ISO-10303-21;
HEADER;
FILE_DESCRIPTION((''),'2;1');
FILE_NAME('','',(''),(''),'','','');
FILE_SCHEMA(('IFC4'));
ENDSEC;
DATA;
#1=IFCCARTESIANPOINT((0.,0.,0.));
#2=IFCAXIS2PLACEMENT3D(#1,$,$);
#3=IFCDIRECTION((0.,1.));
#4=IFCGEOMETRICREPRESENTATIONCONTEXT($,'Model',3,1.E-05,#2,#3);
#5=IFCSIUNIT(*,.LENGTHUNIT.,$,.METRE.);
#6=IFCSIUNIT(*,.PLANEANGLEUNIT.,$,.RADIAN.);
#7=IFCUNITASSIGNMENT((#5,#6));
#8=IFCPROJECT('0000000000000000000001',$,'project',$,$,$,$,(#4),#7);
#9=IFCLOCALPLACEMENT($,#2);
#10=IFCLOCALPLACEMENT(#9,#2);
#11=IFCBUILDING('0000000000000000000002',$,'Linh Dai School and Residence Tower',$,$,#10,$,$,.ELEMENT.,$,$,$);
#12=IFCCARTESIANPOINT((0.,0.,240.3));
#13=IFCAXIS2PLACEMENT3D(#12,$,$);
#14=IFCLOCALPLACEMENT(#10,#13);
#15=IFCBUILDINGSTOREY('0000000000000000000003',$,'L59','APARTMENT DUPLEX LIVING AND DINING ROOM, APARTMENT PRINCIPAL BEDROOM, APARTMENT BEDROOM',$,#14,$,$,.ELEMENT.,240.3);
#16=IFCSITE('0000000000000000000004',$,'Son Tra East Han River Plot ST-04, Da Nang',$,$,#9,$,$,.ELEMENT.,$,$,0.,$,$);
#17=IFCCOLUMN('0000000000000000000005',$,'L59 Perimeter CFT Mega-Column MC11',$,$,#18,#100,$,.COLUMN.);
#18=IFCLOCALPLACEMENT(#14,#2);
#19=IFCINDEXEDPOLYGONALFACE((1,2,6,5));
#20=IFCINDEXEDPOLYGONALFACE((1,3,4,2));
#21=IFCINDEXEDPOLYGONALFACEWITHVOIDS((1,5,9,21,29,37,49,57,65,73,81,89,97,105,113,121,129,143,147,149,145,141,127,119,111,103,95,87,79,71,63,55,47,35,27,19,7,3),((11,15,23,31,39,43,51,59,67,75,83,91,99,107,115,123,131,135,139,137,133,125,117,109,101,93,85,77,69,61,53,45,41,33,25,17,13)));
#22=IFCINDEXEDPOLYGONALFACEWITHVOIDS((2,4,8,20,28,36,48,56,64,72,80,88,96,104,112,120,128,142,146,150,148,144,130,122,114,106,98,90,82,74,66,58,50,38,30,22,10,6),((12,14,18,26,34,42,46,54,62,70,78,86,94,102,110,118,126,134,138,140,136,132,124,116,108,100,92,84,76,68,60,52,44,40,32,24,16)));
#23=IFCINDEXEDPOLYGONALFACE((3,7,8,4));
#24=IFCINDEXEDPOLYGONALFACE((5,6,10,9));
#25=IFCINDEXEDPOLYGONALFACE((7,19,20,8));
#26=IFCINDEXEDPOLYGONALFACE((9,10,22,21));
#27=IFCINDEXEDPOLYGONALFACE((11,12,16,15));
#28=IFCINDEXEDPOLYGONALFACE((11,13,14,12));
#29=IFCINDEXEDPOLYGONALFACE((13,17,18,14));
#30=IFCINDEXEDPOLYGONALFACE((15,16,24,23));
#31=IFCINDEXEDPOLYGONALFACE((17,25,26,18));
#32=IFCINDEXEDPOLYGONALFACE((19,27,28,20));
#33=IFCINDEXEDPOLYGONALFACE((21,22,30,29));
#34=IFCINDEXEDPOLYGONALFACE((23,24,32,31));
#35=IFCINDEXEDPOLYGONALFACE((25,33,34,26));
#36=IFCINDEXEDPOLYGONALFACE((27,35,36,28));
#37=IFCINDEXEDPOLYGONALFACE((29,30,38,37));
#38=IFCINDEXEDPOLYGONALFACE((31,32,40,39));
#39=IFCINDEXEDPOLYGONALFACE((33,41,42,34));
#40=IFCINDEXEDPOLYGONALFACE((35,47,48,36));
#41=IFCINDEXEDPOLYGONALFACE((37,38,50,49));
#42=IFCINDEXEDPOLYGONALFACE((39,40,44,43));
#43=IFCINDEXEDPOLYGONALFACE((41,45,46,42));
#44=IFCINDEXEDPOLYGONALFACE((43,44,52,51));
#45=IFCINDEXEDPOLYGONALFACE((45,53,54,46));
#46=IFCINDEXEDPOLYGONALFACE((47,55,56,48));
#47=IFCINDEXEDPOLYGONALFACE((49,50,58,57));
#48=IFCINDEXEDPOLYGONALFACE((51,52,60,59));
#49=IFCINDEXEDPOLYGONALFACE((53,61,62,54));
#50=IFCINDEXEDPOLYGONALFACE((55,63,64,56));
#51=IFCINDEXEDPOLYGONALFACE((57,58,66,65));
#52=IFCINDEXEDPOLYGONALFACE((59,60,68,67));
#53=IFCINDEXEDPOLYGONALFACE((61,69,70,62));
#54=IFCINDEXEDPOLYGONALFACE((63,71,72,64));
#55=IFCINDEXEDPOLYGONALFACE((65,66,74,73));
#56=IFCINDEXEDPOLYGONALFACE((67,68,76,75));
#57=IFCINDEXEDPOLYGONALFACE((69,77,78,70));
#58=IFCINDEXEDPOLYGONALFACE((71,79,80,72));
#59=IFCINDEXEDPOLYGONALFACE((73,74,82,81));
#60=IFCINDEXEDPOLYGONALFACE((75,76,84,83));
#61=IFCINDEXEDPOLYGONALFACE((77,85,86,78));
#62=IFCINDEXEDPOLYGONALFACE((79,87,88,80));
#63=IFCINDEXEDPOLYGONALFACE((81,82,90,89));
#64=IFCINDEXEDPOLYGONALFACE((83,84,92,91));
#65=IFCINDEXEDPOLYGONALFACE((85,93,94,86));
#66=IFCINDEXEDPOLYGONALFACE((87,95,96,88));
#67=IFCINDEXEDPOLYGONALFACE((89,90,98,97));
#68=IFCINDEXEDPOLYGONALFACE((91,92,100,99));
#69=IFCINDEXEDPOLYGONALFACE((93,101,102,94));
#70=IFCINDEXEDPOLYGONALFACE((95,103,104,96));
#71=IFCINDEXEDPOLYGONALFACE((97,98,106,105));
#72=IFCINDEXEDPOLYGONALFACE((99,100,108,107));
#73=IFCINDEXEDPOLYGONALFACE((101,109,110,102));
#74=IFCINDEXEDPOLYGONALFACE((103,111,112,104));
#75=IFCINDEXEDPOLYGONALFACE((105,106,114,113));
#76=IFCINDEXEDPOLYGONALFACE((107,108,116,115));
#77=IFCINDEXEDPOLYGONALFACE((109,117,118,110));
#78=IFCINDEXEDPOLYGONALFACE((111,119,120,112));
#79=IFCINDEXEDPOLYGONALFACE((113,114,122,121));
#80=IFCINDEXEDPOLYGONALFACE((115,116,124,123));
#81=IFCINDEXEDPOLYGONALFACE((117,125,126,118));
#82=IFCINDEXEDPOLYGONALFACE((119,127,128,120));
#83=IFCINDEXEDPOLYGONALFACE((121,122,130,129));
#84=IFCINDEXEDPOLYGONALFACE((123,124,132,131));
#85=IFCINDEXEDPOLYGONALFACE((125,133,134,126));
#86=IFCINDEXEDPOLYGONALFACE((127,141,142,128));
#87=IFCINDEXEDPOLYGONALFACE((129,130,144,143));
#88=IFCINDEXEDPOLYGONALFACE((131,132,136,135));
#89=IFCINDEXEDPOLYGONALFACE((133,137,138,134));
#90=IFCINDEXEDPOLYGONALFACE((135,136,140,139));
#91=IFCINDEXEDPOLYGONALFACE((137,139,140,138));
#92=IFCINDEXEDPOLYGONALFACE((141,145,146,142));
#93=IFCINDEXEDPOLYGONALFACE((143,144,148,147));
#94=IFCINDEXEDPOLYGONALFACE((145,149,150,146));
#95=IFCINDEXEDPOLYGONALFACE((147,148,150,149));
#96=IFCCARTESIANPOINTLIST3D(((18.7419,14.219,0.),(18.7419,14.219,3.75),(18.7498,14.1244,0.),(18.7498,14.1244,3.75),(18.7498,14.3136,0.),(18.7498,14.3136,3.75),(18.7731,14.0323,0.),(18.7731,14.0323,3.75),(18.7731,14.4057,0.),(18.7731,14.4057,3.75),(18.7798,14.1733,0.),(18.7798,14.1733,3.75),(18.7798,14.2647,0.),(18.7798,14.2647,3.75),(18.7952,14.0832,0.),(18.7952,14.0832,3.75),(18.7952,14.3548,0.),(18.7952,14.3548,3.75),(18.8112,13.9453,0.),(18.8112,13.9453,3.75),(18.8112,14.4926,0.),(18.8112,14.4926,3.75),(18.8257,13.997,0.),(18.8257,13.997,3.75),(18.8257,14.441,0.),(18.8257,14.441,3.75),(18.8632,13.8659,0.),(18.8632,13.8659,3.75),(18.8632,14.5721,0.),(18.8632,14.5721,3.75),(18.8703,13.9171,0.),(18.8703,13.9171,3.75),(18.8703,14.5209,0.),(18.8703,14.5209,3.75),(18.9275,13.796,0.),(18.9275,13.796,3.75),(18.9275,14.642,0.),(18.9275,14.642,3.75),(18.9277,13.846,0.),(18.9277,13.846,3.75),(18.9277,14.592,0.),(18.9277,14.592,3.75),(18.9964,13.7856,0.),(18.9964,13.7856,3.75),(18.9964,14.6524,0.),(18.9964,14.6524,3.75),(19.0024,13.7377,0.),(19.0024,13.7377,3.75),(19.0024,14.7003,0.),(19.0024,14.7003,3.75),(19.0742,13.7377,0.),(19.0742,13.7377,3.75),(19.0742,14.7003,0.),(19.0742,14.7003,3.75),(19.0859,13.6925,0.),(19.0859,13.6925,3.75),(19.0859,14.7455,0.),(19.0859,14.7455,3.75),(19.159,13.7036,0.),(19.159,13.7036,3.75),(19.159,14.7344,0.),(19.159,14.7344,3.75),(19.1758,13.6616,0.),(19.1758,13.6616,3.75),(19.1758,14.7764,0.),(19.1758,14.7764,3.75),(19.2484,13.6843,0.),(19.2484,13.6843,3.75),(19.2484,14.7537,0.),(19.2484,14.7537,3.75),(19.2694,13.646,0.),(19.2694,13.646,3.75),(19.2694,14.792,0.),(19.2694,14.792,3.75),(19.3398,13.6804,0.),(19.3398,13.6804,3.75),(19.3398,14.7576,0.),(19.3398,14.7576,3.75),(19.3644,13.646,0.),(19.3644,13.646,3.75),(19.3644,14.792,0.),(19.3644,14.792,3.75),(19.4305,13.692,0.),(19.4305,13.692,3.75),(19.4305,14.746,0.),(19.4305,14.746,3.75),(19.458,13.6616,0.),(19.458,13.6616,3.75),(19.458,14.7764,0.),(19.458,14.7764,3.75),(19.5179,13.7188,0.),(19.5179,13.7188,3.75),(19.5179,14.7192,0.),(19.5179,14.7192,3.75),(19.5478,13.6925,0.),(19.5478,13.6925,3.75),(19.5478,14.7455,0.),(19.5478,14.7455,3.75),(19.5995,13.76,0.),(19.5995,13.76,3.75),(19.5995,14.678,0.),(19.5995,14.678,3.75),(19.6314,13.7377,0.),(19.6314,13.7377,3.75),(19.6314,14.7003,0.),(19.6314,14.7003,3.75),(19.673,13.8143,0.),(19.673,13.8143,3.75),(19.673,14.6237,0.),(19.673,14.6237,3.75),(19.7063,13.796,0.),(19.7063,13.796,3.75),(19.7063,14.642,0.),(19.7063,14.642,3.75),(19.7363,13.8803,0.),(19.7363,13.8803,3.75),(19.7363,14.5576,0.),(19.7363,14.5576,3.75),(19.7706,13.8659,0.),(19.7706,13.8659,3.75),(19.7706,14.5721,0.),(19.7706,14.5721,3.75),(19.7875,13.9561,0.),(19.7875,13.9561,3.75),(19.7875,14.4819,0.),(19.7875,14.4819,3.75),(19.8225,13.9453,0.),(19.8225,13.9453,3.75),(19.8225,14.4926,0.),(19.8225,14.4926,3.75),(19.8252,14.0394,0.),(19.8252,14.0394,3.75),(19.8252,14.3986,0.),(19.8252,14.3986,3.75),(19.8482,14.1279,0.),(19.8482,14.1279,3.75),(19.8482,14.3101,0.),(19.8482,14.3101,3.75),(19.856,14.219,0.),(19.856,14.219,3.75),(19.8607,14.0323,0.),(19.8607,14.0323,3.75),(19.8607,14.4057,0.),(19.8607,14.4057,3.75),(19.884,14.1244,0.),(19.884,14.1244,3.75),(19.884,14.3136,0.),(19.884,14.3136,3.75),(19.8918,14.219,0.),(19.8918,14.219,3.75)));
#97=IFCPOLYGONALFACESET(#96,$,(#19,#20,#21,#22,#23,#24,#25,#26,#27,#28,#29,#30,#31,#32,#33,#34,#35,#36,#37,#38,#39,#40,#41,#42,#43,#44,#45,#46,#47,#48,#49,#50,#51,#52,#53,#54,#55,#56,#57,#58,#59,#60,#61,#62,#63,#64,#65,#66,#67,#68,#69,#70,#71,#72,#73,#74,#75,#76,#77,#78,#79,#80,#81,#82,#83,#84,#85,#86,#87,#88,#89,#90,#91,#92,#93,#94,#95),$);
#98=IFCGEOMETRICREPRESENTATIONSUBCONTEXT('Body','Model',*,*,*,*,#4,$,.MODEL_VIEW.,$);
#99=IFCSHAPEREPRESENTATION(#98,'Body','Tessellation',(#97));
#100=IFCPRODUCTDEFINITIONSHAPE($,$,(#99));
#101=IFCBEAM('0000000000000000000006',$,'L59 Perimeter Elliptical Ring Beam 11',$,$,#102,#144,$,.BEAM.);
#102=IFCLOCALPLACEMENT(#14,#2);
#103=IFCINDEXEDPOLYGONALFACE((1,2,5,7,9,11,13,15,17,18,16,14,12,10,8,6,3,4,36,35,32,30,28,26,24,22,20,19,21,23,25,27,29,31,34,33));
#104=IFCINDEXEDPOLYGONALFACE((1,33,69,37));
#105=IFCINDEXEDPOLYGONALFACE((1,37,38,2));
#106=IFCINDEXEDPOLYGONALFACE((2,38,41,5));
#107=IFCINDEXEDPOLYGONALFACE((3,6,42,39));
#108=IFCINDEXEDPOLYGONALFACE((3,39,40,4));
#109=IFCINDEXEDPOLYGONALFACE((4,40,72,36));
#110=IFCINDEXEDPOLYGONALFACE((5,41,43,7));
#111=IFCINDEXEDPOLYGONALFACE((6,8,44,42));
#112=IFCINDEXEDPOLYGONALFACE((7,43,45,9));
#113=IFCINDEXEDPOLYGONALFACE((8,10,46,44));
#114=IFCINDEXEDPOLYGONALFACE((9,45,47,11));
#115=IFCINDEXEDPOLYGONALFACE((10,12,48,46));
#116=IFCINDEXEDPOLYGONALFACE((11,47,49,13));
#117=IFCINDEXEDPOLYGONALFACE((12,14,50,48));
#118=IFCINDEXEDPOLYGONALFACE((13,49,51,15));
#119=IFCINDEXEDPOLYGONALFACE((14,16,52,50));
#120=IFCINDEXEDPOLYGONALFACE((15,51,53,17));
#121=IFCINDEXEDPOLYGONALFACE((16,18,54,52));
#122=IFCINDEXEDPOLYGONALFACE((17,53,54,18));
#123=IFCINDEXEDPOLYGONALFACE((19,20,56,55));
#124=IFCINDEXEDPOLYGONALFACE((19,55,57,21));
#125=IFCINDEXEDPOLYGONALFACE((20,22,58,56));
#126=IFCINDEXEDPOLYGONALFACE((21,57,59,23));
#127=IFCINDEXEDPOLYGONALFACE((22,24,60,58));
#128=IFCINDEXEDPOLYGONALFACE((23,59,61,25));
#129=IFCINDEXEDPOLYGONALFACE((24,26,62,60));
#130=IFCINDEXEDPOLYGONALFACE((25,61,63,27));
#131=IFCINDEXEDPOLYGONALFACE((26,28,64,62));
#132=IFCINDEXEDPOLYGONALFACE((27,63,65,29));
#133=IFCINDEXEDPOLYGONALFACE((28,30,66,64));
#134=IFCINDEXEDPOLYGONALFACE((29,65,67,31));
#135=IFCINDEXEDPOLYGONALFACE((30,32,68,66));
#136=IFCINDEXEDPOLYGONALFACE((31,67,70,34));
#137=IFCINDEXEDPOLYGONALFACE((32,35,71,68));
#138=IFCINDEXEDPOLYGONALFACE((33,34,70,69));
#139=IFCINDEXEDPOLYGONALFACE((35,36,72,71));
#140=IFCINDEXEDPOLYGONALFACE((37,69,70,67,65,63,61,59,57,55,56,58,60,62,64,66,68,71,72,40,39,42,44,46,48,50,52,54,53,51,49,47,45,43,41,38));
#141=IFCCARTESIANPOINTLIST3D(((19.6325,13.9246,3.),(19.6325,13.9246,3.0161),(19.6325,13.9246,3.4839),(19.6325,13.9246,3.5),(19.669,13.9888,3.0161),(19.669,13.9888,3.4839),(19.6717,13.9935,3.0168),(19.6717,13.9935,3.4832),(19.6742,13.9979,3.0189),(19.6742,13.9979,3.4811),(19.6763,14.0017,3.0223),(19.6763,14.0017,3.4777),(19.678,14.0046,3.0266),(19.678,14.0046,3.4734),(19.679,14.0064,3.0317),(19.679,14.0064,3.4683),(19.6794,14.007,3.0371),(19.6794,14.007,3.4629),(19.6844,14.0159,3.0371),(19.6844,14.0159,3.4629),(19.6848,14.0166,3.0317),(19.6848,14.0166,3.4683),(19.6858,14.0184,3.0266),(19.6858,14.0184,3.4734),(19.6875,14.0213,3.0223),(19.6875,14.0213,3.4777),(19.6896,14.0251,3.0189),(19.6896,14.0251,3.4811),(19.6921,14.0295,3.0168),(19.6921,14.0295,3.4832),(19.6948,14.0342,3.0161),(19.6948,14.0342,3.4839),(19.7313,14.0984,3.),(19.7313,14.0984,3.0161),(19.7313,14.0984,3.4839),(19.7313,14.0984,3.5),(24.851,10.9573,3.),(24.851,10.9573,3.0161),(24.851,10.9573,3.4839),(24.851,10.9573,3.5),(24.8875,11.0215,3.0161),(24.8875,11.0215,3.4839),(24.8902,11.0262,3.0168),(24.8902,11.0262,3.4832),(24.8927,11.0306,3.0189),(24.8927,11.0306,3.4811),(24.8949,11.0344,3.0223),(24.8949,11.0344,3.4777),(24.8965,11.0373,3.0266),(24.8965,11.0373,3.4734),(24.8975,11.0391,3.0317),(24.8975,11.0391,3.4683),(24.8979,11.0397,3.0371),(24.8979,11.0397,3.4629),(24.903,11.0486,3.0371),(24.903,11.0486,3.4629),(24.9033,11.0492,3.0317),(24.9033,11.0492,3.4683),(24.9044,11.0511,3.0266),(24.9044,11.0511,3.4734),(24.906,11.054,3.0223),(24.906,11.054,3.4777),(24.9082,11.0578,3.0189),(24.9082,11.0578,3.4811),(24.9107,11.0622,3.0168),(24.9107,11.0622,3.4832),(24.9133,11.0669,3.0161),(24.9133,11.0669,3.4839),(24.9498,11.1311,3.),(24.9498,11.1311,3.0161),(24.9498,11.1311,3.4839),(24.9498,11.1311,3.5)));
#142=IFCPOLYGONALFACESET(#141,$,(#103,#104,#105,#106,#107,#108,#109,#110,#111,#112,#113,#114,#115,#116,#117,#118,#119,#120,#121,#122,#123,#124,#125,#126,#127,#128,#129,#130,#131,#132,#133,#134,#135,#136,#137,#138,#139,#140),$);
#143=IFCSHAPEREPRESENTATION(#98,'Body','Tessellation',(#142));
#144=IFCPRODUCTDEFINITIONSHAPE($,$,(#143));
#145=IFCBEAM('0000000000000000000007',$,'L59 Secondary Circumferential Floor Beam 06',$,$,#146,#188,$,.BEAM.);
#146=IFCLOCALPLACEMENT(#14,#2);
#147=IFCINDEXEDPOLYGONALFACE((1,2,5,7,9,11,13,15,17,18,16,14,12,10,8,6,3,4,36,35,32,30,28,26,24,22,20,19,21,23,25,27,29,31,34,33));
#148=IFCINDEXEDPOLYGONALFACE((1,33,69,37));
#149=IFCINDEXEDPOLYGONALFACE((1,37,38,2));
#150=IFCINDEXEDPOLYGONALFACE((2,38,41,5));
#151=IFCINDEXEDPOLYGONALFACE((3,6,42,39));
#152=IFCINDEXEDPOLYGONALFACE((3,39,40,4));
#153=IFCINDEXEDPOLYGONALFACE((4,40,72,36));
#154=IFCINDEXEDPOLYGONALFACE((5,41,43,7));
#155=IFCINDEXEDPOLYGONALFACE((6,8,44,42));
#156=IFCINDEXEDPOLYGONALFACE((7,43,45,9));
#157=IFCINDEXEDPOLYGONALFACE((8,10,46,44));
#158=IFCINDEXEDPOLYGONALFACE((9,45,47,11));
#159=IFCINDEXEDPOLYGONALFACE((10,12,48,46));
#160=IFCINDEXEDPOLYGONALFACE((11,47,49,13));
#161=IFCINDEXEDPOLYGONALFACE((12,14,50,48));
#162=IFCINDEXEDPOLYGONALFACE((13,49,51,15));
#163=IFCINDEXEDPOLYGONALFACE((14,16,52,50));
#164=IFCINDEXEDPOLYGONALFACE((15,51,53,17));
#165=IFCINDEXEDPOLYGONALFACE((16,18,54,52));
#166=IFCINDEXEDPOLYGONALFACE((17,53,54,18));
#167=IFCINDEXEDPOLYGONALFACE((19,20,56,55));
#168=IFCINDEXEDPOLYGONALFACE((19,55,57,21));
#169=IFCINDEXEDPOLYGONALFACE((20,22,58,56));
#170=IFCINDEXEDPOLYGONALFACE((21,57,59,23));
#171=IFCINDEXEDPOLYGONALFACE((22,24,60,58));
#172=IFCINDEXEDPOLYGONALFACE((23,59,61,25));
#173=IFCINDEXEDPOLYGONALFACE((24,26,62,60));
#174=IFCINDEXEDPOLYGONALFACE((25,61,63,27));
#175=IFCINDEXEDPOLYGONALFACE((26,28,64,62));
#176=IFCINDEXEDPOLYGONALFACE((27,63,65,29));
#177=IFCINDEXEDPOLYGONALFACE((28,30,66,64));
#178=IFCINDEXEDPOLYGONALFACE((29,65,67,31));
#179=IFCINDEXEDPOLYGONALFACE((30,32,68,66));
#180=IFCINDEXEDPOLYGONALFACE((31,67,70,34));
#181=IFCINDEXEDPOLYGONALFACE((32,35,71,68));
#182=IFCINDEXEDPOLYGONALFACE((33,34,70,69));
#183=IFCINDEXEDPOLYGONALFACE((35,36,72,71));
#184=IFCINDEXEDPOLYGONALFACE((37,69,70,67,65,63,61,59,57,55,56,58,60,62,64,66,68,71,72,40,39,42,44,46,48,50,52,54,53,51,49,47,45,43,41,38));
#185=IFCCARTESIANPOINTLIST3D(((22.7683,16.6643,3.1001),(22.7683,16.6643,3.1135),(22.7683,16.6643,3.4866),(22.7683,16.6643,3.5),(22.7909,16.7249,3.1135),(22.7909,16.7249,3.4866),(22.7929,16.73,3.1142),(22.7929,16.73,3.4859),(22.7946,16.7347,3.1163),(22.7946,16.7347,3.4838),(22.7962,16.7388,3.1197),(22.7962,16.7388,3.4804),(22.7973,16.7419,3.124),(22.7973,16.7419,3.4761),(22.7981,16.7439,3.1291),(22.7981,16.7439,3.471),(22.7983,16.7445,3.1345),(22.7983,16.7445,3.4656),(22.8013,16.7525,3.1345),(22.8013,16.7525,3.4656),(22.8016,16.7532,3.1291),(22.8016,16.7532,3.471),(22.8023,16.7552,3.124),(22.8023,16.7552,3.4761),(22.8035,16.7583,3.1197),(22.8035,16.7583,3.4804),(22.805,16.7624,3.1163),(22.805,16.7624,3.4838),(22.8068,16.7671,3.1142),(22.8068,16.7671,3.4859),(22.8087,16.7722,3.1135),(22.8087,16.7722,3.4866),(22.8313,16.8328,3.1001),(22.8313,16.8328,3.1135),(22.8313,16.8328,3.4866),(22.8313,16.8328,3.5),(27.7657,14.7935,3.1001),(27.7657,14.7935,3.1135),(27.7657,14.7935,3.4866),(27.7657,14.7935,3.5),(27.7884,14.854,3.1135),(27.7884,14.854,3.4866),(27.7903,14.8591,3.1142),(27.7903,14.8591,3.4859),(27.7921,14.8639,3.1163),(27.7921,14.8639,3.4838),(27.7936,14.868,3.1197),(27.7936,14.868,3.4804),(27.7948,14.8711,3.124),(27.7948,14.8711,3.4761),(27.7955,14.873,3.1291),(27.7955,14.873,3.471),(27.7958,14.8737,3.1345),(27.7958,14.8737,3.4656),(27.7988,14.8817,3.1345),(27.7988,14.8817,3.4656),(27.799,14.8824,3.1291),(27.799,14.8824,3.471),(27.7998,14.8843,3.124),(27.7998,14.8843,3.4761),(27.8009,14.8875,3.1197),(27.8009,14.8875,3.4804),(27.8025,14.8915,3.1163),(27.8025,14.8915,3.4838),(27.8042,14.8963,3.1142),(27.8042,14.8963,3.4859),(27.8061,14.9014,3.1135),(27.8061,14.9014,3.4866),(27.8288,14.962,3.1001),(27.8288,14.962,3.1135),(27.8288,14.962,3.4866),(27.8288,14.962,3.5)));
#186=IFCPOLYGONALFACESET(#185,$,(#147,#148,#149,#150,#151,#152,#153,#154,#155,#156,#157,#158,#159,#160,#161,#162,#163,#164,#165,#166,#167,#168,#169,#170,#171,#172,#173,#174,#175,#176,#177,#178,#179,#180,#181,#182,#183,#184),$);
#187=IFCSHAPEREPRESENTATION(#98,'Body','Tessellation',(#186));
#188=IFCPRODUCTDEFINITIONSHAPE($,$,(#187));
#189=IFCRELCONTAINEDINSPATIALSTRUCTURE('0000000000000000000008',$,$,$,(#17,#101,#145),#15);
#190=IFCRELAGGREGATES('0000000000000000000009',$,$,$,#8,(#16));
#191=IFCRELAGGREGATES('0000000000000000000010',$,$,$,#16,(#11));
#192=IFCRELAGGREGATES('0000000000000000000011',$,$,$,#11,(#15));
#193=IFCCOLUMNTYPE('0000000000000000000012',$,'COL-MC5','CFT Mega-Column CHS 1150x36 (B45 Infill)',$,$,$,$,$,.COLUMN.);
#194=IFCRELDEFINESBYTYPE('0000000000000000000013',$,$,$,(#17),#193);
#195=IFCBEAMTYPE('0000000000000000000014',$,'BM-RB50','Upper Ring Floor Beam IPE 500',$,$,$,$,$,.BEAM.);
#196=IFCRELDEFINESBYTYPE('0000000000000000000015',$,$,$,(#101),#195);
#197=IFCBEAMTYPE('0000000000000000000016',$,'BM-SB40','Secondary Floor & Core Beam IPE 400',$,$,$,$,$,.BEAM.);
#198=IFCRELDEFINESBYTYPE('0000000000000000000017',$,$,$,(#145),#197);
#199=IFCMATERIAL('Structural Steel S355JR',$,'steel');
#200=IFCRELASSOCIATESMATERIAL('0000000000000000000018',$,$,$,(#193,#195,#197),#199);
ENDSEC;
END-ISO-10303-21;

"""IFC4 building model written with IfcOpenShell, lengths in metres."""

from ifc_helpers import new_model, si_unit, direction, frame, origin, origin_2d, place, context, subcontext, project, spatial, hollow_circle, i_section, extrude, material, material_profile, profile_set, type_object, element, save


model = new_model("IFC4")

# Units and contexts
model_context = context("Model", 3, precision=1e-05, world=origin(), true_north=direction((0.0, 1.0)))
body_context = subcontext(model_context, "Body", "Model", "MODEL_VIEW")
ifc_project = project(units=[si_unit("LENGTHUNIT", "METRE"), si_unit("PLANEANGLEUNIT", "RADIAN")], contexts=[model_context])

# Site, building, storey
site_placement = place(None, origin())
site = spatial("IfcSite", under=ifc_project, at=site_placement, Name="Son Tra East Han River Plot ST-04, Da Nang", CompositionType="ELEMENT", RefElevation=0.0)
building_placement = place(site_placement, origin())
building = spatial("IfcBuilding", under=site, at=building_placement, Name="Linh Dai School and Residence Tower", CompositionType="ELEMENT")
storey_placement = place(building_placement, frame((0.0, 0.0, 240.3)))
storey = spatial("IfcBuildingStorey", under=building, at=storey_placement, Name="L59", Description="APARTMENT DUPLEX LIVING AND DINING ROOM, APARTMENT PRINCIPAL BEDROOM, APARTMENT BEDROOM", CompositionType="ELEMENT", Elevation=240.3)

# Column
ifc_material_1 = material(Name="Structural Steel S355JR", Category="steel")
ifc_material_profile_1 = material_profile(ifc_material_1, hollow_circle(Radius=0.575, WallThickness=0.0359, at=origin_2d()), Name="CHS 1150x36")
ifc_profile_set_1 = profile_set([ifc_material_profile_1], Name="Structural Steel S355JR")
column_type = type_object("IfcColumnType", Name="COL-MC5", Description="CFT Mega-Column CHS 1150x36 (B45 Infill)", PredefinedType="COLUMN", material=ifc_profile_set_1)
column_placement = place(storey_placement, frame((19.3169, 14.219, 0.0), z_axis=(0.0, 0.0, 1.0), x_axis=(1.0, 0.0, 0.0)))
element("IfcColumn", 1, at=column_placement, inside=storey, type_object=column_type, Name="L59 Perimeter CFT Mega-Column MC11", PredefinedType="COLUMN", context=body_context, shape_type="SweptSolid", body=[
    extrude(hollow_circle(Radius=0.575, WallThickness=0.0359, at=origin_2d()), origin(), (0.0, 0.0, 1.0), 3.75),
])

# Beams
ifc_material_profile_2 = material_profile(ifc_material_1, i_section(OverallWidth=0.2, OverallDepth=0.5, WebThickness=0.0103, FlangeThickness=0.0161, FilletRadius=0.021, at=origin_2d()), Name="IPE 500")
ifc_profile_set_2 = profile_set([ifc_material_profile_2], Name="Structural Steel S355JR")
beam_type_1 = type_object("IfcBeamType", Name="BM-RB50", Description="Upper Ring Floor Beam IPE 500", PredefinedType="BEAM", material=ifc_profile_set_2)
beam_1_placement = place(storey_placement, frame((19.6819, 14.0115, 3.25), z_axis=(0.869297, -0.49429, 0.0), x_axis=(0.49429, 0.869297, 0.0)))
element("IfcBeam", 2, at=beam_1_placement, inside=storey, type_object=beam_type_1, Name="L59 Perimeter Elliptical Ring Beam 11", PredefinedType="BEAM", context=body_context, shape_type="SweptSolid", body=[
    extrude(i_section(OverallWidth=0.2, OverallDepth=0.5, WebThickness=0.0103, FlangeThickness=0.0161, FilletRadius=0.021, at=origin_2d()), origin(), (0.0, 0.0, 1.0), 6.0032),
])
ifc_material_profile_3 = material_profile(ifc_material_1, i_section(OverallWidth=0.1799, OverallDepth=0.3999, WebThickness=0.0085, FlangeThickness=0.0134, FilletRadius=0.021, at=origin_2d()), Name="IPE 400")
ifc_profile_set_3 = profile_set([ifc_material_profile_3], Name="Structural Steel S355JR")
beam_type_2 = type_object("IfcBeamType", Name="BM-SB40", Description="Secondary Floor & Core Beam IPE 400", PredefinedType="BEAM", material=ifc_profile_set_3)
beam_2_placement = place(storey_placement, frame((22.7998, 16.7485, 3.3), z_axis=(0.936528, -0.350592, 0.0), x_axis=(0.350592, 0.936528, 0.0)))
element("IfcBeam", 3, at=beam_2_placement, inside=storey, type_object=beam_type_2, Name="L59 Secondary Circumferential Floor Beam 06", PredefinedType="BEAM", context=body_context, shape_type="SweptSolid", body=[
    extrude(i_section(OverallWidth=0.1799, OverallDepth=0.3999, WebThickness=0.0085, FlangeThickness=0.0134, FilletRadius=0.021, at=origin_2d()), origin(), (0.0, 0.0, 1.0), 5.3362),
])

save(model, "model.ifc")
